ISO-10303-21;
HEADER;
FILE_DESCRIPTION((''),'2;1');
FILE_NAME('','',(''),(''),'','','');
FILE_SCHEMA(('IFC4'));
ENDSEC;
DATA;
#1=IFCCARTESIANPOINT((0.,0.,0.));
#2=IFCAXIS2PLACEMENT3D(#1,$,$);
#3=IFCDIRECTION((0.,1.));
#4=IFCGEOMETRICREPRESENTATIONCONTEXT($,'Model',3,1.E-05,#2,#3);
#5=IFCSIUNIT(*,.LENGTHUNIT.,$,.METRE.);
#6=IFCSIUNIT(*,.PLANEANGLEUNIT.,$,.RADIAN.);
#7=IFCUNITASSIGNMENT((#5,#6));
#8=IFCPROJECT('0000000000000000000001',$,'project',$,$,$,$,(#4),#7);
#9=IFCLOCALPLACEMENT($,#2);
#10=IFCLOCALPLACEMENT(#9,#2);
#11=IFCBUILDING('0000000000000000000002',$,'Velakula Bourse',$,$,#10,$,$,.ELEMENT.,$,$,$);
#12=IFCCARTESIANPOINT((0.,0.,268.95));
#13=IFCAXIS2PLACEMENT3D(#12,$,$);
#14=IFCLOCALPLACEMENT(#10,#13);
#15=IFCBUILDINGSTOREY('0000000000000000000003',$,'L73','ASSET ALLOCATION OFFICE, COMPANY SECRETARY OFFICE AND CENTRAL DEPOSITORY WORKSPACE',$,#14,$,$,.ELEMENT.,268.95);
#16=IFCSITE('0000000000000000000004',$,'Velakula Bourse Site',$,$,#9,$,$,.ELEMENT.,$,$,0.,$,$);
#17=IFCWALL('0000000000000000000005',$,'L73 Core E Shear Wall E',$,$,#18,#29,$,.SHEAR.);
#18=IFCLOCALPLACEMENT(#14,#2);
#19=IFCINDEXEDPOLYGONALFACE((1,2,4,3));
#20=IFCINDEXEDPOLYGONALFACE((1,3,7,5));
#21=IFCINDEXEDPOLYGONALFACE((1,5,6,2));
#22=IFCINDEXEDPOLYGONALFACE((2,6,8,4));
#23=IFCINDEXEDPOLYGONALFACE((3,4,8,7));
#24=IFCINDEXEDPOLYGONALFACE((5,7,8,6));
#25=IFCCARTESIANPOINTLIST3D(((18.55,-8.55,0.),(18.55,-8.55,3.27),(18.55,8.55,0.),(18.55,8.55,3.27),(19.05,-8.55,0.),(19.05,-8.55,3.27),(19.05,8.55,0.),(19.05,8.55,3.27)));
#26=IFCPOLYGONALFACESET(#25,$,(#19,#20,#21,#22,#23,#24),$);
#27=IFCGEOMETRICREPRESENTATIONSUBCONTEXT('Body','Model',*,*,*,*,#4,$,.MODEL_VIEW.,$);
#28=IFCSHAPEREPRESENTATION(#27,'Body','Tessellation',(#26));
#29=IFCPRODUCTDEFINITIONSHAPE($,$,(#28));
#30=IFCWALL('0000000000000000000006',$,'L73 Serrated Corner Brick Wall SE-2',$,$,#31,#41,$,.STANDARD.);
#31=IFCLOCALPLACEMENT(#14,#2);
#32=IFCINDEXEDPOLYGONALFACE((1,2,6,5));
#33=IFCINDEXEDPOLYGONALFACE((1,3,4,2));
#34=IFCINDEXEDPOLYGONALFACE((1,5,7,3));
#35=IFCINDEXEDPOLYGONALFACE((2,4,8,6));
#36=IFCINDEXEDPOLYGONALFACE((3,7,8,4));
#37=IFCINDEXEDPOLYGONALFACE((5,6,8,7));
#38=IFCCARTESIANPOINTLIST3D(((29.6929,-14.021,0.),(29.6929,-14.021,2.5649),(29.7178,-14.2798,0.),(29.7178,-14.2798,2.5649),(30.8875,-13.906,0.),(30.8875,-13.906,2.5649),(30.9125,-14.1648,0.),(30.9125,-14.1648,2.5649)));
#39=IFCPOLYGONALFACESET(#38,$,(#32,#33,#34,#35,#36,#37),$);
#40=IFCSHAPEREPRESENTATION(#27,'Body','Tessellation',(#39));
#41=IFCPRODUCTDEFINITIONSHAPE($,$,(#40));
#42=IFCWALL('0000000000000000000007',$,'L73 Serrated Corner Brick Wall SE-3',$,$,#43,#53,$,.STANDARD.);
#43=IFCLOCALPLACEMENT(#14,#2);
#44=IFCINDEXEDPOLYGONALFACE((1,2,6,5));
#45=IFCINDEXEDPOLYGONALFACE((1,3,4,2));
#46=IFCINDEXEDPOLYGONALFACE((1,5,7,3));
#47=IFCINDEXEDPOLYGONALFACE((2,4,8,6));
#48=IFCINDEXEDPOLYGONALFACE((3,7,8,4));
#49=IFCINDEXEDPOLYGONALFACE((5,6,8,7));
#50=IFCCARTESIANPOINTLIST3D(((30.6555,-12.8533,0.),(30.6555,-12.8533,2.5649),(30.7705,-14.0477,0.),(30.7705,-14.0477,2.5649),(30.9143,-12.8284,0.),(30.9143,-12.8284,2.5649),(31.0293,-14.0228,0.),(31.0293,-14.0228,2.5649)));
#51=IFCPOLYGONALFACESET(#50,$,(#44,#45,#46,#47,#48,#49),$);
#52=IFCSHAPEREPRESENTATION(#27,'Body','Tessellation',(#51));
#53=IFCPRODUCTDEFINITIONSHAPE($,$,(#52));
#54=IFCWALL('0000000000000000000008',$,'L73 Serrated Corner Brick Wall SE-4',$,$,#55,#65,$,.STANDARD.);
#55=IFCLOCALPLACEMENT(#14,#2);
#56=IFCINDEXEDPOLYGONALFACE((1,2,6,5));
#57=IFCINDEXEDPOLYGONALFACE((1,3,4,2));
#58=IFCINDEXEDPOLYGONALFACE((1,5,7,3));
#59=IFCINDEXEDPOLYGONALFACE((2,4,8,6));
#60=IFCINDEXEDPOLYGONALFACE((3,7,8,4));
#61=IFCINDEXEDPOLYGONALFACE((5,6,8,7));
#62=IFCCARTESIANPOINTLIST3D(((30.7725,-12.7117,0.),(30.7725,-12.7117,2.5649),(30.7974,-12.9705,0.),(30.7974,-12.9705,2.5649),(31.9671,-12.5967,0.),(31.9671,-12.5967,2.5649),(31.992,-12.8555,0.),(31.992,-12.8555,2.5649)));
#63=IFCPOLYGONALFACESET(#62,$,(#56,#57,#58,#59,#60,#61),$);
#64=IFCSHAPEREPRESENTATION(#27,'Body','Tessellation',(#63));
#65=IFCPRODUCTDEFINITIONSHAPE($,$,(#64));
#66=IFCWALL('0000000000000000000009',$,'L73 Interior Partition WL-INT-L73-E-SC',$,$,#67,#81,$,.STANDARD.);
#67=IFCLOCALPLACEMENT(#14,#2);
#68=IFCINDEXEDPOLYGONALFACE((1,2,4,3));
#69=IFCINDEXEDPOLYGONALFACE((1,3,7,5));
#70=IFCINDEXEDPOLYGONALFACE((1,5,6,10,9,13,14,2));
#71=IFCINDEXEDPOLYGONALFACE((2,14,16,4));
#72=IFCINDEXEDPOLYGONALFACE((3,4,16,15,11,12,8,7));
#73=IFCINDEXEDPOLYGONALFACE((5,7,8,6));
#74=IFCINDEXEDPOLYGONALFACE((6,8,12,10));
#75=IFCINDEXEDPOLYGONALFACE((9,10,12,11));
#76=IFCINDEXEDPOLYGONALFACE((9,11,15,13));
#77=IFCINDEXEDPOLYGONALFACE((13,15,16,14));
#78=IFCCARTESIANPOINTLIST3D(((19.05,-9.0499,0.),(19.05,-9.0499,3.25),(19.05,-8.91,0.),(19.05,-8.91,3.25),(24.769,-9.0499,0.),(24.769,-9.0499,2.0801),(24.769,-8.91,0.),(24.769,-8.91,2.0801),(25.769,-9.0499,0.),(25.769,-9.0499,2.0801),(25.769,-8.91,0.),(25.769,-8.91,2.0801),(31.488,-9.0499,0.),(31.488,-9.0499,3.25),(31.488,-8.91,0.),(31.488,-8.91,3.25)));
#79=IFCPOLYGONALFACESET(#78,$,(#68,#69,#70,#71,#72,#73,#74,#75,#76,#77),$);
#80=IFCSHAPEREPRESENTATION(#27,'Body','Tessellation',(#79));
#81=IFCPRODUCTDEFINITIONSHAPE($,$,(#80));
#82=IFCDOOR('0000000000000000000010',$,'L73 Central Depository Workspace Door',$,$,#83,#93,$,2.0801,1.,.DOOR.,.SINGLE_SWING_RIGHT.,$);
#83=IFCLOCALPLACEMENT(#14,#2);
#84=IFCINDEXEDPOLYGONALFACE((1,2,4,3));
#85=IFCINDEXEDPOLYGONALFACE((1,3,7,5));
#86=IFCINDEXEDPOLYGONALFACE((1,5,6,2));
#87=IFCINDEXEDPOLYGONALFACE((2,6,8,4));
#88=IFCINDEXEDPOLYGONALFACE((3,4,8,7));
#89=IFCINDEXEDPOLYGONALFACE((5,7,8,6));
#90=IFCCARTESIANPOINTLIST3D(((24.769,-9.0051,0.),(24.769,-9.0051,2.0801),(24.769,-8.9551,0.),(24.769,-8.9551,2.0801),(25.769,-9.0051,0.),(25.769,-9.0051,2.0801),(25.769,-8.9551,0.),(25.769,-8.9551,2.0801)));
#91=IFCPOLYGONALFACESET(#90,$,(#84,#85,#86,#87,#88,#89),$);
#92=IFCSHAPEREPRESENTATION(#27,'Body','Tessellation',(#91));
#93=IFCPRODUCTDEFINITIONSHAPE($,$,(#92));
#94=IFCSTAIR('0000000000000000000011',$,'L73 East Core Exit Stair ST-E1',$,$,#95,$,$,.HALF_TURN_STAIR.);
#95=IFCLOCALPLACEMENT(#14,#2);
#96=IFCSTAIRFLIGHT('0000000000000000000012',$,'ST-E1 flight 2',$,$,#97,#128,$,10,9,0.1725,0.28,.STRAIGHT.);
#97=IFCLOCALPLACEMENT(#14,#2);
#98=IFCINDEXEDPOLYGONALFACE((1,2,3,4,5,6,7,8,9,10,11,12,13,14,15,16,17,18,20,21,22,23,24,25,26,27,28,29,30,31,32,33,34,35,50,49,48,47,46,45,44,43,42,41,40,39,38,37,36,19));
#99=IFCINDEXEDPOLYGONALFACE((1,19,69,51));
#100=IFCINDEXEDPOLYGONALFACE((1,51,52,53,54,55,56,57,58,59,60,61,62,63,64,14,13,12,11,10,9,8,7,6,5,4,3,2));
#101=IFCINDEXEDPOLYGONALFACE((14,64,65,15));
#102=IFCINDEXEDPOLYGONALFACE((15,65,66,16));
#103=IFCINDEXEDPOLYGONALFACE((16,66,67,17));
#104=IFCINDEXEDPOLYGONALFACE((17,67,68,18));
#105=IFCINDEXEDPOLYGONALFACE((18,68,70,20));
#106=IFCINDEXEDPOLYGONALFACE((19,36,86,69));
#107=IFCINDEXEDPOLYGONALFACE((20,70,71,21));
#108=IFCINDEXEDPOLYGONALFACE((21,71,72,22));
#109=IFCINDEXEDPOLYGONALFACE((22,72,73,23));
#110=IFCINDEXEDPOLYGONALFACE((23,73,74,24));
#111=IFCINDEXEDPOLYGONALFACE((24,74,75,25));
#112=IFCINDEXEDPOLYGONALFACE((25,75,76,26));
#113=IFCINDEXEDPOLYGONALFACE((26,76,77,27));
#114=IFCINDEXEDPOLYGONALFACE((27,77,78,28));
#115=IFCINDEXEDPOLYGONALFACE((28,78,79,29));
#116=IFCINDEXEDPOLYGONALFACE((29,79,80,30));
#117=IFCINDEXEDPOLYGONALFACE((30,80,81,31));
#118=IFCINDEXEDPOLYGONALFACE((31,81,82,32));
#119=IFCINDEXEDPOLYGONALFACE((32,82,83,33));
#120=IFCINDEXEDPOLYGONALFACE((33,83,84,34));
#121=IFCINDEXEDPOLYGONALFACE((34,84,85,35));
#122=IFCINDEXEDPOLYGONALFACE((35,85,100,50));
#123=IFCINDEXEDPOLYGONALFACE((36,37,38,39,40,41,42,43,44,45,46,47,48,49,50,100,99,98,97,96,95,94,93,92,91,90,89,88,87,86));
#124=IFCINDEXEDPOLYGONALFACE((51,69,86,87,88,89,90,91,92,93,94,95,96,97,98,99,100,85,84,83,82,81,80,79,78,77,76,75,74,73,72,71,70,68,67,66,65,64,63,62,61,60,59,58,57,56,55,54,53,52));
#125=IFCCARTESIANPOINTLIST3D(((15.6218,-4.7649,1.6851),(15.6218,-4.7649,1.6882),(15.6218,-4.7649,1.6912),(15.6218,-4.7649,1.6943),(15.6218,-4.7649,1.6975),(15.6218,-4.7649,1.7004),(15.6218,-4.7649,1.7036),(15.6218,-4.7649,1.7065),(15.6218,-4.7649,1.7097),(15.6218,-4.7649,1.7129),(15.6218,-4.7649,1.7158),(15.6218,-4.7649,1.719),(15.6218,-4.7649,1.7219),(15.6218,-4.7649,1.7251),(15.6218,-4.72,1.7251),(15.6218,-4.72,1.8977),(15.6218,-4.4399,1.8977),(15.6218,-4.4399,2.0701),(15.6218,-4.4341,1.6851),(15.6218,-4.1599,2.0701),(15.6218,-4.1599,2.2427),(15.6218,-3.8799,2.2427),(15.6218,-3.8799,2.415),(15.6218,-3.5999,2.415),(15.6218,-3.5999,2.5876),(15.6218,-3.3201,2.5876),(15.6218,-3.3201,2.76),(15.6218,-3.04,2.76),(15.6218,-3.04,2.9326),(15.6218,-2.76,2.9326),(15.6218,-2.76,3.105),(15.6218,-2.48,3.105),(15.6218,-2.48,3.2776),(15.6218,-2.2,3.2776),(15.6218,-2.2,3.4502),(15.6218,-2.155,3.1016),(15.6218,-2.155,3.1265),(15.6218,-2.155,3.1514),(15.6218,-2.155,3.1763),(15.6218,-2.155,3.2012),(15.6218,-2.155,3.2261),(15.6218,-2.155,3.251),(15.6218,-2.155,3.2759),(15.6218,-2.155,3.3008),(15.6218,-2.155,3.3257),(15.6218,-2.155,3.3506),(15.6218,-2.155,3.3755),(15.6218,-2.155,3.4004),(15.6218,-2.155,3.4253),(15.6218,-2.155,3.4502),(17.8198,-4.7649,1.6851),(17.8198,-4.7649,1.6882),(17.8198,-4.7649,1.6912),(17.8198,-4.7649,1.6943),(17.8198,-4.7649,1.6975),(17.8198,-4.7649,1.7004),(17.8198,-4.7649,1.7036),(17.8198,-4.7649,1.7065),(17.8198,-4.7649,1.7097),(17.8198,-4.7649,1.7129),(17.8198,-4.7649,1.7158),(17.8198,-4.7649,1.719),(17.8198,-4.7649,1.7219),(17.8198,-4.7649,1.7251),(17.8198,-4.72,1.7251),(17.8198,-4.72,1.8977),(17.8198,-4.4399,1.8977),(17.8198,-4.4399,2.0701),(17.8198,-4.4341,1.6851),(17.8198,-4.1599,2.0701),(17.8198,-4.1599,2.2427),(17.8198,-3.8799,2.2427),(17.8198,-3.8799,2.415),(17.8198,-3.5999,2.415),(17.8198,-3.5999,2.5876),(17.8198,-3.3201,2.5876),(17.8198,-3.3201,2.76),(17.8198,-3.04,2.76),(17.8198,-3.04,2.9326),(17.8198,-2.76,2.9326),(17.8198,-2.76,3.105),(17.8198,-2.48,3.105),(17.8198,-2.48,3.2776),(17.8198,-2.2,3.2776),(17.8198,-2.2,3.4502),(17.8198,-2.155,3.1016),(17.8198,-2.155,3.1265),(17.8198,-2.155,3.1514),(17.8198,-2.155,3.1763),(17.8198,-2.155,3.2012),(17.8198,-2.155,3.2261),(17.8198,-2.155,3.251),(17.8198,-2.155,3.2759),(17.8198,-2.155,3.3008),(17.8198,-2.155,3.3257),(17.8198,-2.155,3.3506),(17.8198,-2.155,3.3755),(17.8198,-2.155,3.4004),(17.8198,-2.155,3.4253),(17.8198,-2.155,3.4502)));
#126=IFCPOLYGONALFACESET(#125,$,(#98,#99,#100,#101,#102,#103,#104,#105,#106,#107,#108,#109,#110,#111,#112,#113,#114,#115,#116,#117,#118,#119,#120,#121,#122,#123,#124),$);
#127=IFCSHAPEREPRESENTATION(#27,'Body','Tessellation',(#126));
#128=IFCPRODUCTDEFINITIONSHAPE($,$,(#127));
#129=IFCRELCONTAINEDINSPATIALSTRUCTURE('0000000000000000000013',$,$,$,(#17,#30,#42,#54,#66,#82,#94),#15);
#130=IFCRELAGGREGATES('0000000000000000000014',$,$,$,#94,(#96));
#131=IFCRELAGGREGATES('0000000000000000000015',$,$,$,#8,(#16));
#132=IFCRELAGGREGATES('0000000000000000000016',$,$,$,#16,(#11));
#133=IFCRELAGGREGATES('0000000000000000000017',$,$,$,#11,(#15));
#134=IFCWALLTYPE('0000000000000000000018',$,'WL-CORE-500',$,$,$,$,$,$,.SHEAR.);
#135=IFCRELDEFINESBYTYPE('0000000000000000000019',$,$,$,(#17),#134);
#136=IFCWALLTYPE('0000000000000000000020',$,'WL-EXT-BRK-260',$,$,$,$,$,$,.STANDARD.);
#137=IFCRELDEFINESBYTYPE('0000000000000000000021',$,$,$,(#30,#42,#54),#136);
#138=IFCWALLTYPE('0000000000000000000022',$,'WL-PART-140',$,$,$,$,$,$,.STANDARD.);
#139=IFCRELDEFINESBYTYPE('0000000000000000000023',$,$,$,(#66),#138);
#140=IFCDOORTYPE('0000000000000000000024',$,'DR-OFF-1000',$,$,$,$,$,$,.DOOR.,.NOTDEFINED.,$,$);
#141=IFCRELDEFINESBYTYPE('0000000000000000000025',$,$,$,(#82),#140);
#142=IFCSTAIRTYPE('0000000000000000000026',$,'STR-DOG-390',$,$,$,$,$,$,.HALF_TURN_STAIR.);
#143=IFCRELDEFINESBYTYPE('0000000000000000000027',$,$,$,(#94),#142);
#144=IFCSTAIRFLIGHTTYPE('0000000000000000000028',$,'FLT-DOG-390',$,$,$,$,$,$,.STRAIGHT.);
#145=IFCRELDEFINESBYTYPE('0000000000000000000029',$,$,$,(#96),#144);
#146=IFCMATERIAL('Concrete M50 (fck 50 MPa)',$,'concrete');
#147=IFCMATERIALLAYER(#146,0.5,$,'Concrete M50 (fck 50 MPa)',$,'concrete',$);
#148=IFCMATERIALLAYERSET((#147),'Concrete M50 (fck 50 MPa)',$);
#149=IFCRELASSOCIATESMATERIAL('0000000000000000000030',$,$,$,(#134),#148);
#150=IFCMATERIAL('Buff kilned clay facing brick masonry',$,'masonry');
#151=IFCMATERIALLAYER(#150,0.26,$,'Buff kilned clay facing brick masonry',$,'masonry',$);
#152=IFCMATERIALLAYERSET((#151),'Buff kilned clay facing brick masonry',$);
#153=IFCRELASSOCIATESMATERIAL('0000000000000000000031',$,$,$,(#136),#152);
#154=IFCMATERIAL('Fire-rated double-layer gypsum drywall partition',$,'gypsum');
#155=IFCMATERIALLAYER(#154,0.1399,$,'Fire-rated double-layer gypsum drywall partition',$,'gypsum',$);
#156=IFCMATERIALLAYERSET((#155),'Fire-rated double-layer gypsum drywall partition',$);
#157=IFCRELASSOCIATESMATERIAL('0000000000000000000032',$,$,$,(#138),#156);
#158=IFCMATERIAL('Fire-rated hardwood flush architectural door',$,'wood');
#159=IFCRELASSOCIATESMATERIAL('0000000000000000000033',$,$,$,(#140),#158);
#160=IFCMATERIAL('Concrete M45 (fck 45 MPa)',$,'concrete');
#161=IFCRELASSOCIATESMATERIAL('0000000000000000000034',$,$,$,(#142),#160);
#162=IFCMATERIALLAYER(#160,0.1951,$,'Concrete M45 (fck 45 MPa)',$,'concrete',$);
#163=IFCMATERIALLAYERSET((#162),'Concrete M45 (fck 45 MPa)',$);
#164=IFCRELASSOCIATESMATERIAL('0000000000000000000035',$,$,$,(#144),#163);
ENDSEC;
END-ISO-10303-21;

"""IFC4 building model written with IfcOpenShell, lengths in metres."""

from ifc_helpers import new_model, si_unit, direction, frame, frame_2d, origin, place, context, subcontext, project, spatial, polyline, rectangle, outline, extrude, material, layer, layer_set, type_object, element, fill, aggregate, save


model = new_model("IFC4")

# Units and contexts
model_context = context("Model", 3, precision=1e-05, world=origin(), true_north=direction((0.0, 1.0)))
body_context = subcontext(model_context, "Body", "Model", "MODEL_VIEW")
ifc_project = project(units=[si_unit("LENGTHUNIT", "METRE"), si_unit("PLANEANGLEUNIT", "RADIAN")], contexts=[model_context])

# Site, building, storey
site_placement = place(None, origin())
site = spatial("IfcSite", under=ifc_project, at=site_placement, Name="Velakula Bourse Site", CompositionType="ELEMENT", RefElevation=0.0)
building_placement = place(site_placement, origin())
building = spatial("IfcBuilding", under=site, at=building_placement, Name="Velakula Bourse", CompositionType="ELEMENT")
storey_placement = place(building_placement, frame((0.0, 0.0, 268.95)))
storey = spatial("IfcBuildingStorey", under=building, at=storey_placement, Name="L73", Description="ASSET ALLOCATION OFFICE, COMPANY SECRETARY OFFICE AND CENTRAL DEPOSITORY WORKSPACE", CompositionType="ELEMENT", Elevation=268.95)

# Shared definitions
ifc_material_1 = material(Name="Concrete M50 (fck 50 MPa)", Category="concrete")

# Walls
ifc_layer_1 = layer(ifc_material_1, 0.5, Name="Concrete M50 (fck 50 MPa)", Category="concrete")
ifc_layer_set_1 = layer_set([ifc_layer_1], Name="Concrete M50 (fck 50 MPa)")
wall_type_1 = type_object("IfcWallType", Name="WL-CORE-500", PredefinedType="SHEAR", material=ifc_layer_set_1)
wall_1_placement = place(storey_placement, frame((18.8, -8.55, 0.0), z_axis=(0.0, 0.0, 1.0), x_axis=(0.0, 1.0, 0.0)))
element("IfcWall", 1, at=wall_1_placement, inside=storey, type_object=wall_type_1, Name="L73 Core E Shear Wall E", PredefinedType="SHEAR", context=body_context, shape_type="SweptSolid", body=[
    extrude(rectangle(XDim=17.1001, YDim=0.5, at=frame_2d((8.55, 0.0))), origin(), (0.0, 0.0, 1.0), 3.27),
])
ifc_material_2 = material(Name="Buff kilned clay facing brick masonry", Category="masonry")
ifc_layer_2 = layer(ifc_material_2, 0.26, Name="Buff kilned clay facing brick masonry", Category="masonry")
ifc_layer_set_2 = layer_set([ifc_layer_2], Name="Buff kilned clay facing brick masonry")
wall_type_2 = type_object("IfcWallType", Name="WL-EXT-BRK-260", PredefinedType="STANDARD", material=ifc_layer_set_2)
wall_2_placement = place(storey_placement, frame((29.7053, -14.1504, 0.0), z_axis=(0.0, 0.0, 1.0), x_axis=(0.995399, 0.095817, 0.0)))
element("IfcWall", 2, at=wall_2_placement, inside=storey, type_object=wall_type_2, Name="L73 Serrated Corner Brick Wall SE-2", PredefinedType="STANDARD", context=body_context, shape_type="SweptSolid", body=[
    extrude(rectangle(XDim=1.2002, YDim=0.26, at=frame_2d((0.6001, 0.0))), origin(), (0.0, 0.0, 1.0), 2.5649),
])
wall_3_placement = place(storey_placement, frame((30.8999, -14.0354, 0.0), z_axis=(0.0, 0.0, 1.0), x_axis=(-0.095836, 0.995397, 0.0)))
element("IfcWall", 3, at=wall_3_placement, inside=storey, type_object=wall_type_2, Name="L73 Serrated Corner Brick Wall SE-3", PredefinedType="STANDARD", context=body_context, shape_type="SweptSolid", body=[
    extrude(rectangle(XDim=1.2, YDim=0.26, at=frame_2d((0.6001, 0.0))), origin(), (0.0, 0.0, 1.0), 2.5649),
])
wall_4_placement = place(storey_placement, frame((30.7849, -12.8411, 0.0), z_axis=(0.0, 0.0, 1.0), x_axis=(0.995399, 0.095817, 0.0)))
element("IfcWall", 4, at=wall_4_placement, inside=storey, type_object=wall_type_2, Name="L73 Serrated Corner Brick Wall SE-4", PredefinedType="STANDARD", context=body_context, shape_type="SweptSolid", body=[
    extrude(rectangle(XDim=1.2002, YDim=0.26, at=frame_2d((0.6001, 0.0))), origin(), (0.0, 0.0, 1.0), 2.5649),
])

# Wall, opening, door
ifc_material_3 = material(Name="Fire-rated double-layer gypsum drywall partition", Category="gypsum")
ifc_layer_3 = layer(ifc_material_3, 0.1399, Name="Fire-rated double-layer gypsum drywall partition", Category="gypsum")
ifc_layer_set_3 = layer_set([ifc_layer_3], Name="Fire-rated double-layer gypsum drywall partition")
wall_type_3 = type_object("IfcWallType", Name="WL-PART-140", PredefinedType="STANDARD", material=ifc_layer_set_3)
wall_5_placement = place(storey_placement, frame((19.05, -8.98, 0.0), z_axis=(0.0, 0.0, 1.0), x_axis=(1.0, 0.0, 0.0)))
wall_5 = element("IfcWall", 5, at=wall_5_placement, inside=storey, type_object=wall_type_3, Name="L73 Interior Partition WL-INT-L73-E-SC", PredefinedType="STANDARD", context=body_context, shape_type="SweptSolid", body=[
    extrude(rectangle(XDim=12.438, YDim=0.1399, at=frame_2d((6.219, 0.0))), origin(), (0.0, 0.0, 1.0), 3.25),
])
opening_placement = place(wall_5_placement, frame((5.719, 0.0, 0.0)))
opening = element("IfcOpeningElement", 6, at=opening_placement, cuts=wall_5, PredefinedType="OPENING", context=body_context, shape_type="SweptSolid", body=[
    extrude(rectangle(XDim=1.0, YDim=2.0801, at=frame_2d((0.5, 1.04))), frame((0.0, 0.0798, 0.0), z_axis=(0.0, -1.0, 0.0), x_axis=(1.0, 0.0, 0.0)), (0.0, 0.0, 1.0), 0.1599),
])
ifc_material_4 = material(Name="Fire-rated hardwood flush architectural door", Category="wood")
door_type = type_object("IfcDoorType", Name="DR-OFF-1000", OperationType="NOTDEFINED", PredefinedType="DOOR", material=ifc_material_4)
door_placement = place(opening_placement, origin())
door = element("IfcDoor", 7, at=door_placement, inside=storey, type_object=door_type, Name="L73 Central Depository Workspace Door", OperationType="SINGLE_SWING_RIGHT", OverallHeight=2.0801, OverallWidth=1.0, PredefinedType="DOOR", context=body_context, shape_type="SweptSolid", body=[
    extrude(rectangle(XDim=1.0, YDim=2.0801, at=frame_2d((0.5, 1.04))), frame((0.0, 0.0249, 0.0), z_axis=(0.0, -1.0, 0.0), x_axis=(1.0, 0.0, 0.0)), (0.0, 0.0, 1.0), 0.05),
])
fill(opening, door)

# Stair, stair flight
ifc_material_5 = material(Name="Concrete M45 (fck 45 MPa)", Category="concrete")
stair_type = type_object("IfcStairType", Name="STR-DOG-390", PredefinedType="HALF_TURN_STAIR", material=ifc_material_5)
stair_placement = place(storey_placement, origin())
stair = element("IfcStair", 8, at=stair_placement, inside=storey, type_object=stair_type, Name="L73 East Core Exit Stair ST-E1", PredefinedType="HALF_TURN_STAIR")
ifc_layer_4 = layer(ifc_material_5, 0.1951, Name="Concrete M45 (fck 45 MPa)", Category="concrete")
ifc_layer_set_4 = layer_set([ifc_layer_4], Name="Concrete M45 (fck 45 MPa)")
stair_flight_type = type_object("IfcStairFlightType", Name="FLT-DOG-390", PredefinedType="STRAIGHT", material=ifc_layer_set_4)
stair_flight_placement = place(storey_placement, frame((16.7209, -4.72, 1.7251), z_axis=(0.0, 0.0, 1.0), x_axis=(0.0, 1.0, 0.0)))
stair_flight = element("IfcStairFlight", 9, at=stair_flight_placement, type_object=stair_flight_type, Name="ST-E1 flight 2", NumberOfRisers=10, NumberOfTreads=9, PredefinedType="STRAIGHT", RiserHeight=0.1725, TreadLength=0.28, context=body_context, shape_type="SweptSolid", body=[
    extrude(outline(polyline([(-0.0449, -0.04), (-0.0449, -0.0369), (-0.0449, -0.0339), (-0.0449, -0.0308), (-0.0449, -0.0276), (-0.0449, -0.0247), (-0.0449, -0.0215), (-0.0449, -0.0186), (-0.0449, -0.0154), (-0.0449, -0.0122), (-0.0449, -0.0093), (-0.0449, -0.0061), (-0.0449, -0.0032), (-0.0449, 0.0), (0.0, 0.0), (0.0, 0.1726), (0.28, 0.1726), (0.28, 0.345), (0.5601, 0.345), (0.5601, 0.5176), (0.8401, 0.5176), (0.8401, 0.6899), (1.1201, 0.6899), (1.1201, 0.8625), (1.3999, 0.8625), (1.3999, 1.0349), (1.6799, 1.0349), (1.6799, 1.2075), (1.96, 1.2075), (1.96, 1.3799), (2.24, 1.3799), (2.24, 1.5525), (2.52, 1.5525), (2.52, 1.7251), (2.5649, 1.7251), (2.5649, 1.7002), (2.5649, 1.6753), (2.5649, 1.6504), (2.5649, 1.6255), (2.5649, 1.6006), (2.5649, 1.5757), (2.5649, 1.5508), (2.5649, 1.5259), (2.5649, 1.501), (2.5649, 1.4761), (2.5649, 1.4512), (2.5649, 1.4263), (2.5649, 1.4014), (2.5649, 1.3765), (0.2859, -0.04), (-0.0449, -0.04)])), frame((0.0, 1.0991, 0.0), z_axis=(0.0, -1.0, 0.0), x_axis=(1.0, 0.0, 0.0)), (0.0, 0.0, 1.0), 2.198),
])
aggregate(stair, [stair_flight])

save(model, "model.ifc")
